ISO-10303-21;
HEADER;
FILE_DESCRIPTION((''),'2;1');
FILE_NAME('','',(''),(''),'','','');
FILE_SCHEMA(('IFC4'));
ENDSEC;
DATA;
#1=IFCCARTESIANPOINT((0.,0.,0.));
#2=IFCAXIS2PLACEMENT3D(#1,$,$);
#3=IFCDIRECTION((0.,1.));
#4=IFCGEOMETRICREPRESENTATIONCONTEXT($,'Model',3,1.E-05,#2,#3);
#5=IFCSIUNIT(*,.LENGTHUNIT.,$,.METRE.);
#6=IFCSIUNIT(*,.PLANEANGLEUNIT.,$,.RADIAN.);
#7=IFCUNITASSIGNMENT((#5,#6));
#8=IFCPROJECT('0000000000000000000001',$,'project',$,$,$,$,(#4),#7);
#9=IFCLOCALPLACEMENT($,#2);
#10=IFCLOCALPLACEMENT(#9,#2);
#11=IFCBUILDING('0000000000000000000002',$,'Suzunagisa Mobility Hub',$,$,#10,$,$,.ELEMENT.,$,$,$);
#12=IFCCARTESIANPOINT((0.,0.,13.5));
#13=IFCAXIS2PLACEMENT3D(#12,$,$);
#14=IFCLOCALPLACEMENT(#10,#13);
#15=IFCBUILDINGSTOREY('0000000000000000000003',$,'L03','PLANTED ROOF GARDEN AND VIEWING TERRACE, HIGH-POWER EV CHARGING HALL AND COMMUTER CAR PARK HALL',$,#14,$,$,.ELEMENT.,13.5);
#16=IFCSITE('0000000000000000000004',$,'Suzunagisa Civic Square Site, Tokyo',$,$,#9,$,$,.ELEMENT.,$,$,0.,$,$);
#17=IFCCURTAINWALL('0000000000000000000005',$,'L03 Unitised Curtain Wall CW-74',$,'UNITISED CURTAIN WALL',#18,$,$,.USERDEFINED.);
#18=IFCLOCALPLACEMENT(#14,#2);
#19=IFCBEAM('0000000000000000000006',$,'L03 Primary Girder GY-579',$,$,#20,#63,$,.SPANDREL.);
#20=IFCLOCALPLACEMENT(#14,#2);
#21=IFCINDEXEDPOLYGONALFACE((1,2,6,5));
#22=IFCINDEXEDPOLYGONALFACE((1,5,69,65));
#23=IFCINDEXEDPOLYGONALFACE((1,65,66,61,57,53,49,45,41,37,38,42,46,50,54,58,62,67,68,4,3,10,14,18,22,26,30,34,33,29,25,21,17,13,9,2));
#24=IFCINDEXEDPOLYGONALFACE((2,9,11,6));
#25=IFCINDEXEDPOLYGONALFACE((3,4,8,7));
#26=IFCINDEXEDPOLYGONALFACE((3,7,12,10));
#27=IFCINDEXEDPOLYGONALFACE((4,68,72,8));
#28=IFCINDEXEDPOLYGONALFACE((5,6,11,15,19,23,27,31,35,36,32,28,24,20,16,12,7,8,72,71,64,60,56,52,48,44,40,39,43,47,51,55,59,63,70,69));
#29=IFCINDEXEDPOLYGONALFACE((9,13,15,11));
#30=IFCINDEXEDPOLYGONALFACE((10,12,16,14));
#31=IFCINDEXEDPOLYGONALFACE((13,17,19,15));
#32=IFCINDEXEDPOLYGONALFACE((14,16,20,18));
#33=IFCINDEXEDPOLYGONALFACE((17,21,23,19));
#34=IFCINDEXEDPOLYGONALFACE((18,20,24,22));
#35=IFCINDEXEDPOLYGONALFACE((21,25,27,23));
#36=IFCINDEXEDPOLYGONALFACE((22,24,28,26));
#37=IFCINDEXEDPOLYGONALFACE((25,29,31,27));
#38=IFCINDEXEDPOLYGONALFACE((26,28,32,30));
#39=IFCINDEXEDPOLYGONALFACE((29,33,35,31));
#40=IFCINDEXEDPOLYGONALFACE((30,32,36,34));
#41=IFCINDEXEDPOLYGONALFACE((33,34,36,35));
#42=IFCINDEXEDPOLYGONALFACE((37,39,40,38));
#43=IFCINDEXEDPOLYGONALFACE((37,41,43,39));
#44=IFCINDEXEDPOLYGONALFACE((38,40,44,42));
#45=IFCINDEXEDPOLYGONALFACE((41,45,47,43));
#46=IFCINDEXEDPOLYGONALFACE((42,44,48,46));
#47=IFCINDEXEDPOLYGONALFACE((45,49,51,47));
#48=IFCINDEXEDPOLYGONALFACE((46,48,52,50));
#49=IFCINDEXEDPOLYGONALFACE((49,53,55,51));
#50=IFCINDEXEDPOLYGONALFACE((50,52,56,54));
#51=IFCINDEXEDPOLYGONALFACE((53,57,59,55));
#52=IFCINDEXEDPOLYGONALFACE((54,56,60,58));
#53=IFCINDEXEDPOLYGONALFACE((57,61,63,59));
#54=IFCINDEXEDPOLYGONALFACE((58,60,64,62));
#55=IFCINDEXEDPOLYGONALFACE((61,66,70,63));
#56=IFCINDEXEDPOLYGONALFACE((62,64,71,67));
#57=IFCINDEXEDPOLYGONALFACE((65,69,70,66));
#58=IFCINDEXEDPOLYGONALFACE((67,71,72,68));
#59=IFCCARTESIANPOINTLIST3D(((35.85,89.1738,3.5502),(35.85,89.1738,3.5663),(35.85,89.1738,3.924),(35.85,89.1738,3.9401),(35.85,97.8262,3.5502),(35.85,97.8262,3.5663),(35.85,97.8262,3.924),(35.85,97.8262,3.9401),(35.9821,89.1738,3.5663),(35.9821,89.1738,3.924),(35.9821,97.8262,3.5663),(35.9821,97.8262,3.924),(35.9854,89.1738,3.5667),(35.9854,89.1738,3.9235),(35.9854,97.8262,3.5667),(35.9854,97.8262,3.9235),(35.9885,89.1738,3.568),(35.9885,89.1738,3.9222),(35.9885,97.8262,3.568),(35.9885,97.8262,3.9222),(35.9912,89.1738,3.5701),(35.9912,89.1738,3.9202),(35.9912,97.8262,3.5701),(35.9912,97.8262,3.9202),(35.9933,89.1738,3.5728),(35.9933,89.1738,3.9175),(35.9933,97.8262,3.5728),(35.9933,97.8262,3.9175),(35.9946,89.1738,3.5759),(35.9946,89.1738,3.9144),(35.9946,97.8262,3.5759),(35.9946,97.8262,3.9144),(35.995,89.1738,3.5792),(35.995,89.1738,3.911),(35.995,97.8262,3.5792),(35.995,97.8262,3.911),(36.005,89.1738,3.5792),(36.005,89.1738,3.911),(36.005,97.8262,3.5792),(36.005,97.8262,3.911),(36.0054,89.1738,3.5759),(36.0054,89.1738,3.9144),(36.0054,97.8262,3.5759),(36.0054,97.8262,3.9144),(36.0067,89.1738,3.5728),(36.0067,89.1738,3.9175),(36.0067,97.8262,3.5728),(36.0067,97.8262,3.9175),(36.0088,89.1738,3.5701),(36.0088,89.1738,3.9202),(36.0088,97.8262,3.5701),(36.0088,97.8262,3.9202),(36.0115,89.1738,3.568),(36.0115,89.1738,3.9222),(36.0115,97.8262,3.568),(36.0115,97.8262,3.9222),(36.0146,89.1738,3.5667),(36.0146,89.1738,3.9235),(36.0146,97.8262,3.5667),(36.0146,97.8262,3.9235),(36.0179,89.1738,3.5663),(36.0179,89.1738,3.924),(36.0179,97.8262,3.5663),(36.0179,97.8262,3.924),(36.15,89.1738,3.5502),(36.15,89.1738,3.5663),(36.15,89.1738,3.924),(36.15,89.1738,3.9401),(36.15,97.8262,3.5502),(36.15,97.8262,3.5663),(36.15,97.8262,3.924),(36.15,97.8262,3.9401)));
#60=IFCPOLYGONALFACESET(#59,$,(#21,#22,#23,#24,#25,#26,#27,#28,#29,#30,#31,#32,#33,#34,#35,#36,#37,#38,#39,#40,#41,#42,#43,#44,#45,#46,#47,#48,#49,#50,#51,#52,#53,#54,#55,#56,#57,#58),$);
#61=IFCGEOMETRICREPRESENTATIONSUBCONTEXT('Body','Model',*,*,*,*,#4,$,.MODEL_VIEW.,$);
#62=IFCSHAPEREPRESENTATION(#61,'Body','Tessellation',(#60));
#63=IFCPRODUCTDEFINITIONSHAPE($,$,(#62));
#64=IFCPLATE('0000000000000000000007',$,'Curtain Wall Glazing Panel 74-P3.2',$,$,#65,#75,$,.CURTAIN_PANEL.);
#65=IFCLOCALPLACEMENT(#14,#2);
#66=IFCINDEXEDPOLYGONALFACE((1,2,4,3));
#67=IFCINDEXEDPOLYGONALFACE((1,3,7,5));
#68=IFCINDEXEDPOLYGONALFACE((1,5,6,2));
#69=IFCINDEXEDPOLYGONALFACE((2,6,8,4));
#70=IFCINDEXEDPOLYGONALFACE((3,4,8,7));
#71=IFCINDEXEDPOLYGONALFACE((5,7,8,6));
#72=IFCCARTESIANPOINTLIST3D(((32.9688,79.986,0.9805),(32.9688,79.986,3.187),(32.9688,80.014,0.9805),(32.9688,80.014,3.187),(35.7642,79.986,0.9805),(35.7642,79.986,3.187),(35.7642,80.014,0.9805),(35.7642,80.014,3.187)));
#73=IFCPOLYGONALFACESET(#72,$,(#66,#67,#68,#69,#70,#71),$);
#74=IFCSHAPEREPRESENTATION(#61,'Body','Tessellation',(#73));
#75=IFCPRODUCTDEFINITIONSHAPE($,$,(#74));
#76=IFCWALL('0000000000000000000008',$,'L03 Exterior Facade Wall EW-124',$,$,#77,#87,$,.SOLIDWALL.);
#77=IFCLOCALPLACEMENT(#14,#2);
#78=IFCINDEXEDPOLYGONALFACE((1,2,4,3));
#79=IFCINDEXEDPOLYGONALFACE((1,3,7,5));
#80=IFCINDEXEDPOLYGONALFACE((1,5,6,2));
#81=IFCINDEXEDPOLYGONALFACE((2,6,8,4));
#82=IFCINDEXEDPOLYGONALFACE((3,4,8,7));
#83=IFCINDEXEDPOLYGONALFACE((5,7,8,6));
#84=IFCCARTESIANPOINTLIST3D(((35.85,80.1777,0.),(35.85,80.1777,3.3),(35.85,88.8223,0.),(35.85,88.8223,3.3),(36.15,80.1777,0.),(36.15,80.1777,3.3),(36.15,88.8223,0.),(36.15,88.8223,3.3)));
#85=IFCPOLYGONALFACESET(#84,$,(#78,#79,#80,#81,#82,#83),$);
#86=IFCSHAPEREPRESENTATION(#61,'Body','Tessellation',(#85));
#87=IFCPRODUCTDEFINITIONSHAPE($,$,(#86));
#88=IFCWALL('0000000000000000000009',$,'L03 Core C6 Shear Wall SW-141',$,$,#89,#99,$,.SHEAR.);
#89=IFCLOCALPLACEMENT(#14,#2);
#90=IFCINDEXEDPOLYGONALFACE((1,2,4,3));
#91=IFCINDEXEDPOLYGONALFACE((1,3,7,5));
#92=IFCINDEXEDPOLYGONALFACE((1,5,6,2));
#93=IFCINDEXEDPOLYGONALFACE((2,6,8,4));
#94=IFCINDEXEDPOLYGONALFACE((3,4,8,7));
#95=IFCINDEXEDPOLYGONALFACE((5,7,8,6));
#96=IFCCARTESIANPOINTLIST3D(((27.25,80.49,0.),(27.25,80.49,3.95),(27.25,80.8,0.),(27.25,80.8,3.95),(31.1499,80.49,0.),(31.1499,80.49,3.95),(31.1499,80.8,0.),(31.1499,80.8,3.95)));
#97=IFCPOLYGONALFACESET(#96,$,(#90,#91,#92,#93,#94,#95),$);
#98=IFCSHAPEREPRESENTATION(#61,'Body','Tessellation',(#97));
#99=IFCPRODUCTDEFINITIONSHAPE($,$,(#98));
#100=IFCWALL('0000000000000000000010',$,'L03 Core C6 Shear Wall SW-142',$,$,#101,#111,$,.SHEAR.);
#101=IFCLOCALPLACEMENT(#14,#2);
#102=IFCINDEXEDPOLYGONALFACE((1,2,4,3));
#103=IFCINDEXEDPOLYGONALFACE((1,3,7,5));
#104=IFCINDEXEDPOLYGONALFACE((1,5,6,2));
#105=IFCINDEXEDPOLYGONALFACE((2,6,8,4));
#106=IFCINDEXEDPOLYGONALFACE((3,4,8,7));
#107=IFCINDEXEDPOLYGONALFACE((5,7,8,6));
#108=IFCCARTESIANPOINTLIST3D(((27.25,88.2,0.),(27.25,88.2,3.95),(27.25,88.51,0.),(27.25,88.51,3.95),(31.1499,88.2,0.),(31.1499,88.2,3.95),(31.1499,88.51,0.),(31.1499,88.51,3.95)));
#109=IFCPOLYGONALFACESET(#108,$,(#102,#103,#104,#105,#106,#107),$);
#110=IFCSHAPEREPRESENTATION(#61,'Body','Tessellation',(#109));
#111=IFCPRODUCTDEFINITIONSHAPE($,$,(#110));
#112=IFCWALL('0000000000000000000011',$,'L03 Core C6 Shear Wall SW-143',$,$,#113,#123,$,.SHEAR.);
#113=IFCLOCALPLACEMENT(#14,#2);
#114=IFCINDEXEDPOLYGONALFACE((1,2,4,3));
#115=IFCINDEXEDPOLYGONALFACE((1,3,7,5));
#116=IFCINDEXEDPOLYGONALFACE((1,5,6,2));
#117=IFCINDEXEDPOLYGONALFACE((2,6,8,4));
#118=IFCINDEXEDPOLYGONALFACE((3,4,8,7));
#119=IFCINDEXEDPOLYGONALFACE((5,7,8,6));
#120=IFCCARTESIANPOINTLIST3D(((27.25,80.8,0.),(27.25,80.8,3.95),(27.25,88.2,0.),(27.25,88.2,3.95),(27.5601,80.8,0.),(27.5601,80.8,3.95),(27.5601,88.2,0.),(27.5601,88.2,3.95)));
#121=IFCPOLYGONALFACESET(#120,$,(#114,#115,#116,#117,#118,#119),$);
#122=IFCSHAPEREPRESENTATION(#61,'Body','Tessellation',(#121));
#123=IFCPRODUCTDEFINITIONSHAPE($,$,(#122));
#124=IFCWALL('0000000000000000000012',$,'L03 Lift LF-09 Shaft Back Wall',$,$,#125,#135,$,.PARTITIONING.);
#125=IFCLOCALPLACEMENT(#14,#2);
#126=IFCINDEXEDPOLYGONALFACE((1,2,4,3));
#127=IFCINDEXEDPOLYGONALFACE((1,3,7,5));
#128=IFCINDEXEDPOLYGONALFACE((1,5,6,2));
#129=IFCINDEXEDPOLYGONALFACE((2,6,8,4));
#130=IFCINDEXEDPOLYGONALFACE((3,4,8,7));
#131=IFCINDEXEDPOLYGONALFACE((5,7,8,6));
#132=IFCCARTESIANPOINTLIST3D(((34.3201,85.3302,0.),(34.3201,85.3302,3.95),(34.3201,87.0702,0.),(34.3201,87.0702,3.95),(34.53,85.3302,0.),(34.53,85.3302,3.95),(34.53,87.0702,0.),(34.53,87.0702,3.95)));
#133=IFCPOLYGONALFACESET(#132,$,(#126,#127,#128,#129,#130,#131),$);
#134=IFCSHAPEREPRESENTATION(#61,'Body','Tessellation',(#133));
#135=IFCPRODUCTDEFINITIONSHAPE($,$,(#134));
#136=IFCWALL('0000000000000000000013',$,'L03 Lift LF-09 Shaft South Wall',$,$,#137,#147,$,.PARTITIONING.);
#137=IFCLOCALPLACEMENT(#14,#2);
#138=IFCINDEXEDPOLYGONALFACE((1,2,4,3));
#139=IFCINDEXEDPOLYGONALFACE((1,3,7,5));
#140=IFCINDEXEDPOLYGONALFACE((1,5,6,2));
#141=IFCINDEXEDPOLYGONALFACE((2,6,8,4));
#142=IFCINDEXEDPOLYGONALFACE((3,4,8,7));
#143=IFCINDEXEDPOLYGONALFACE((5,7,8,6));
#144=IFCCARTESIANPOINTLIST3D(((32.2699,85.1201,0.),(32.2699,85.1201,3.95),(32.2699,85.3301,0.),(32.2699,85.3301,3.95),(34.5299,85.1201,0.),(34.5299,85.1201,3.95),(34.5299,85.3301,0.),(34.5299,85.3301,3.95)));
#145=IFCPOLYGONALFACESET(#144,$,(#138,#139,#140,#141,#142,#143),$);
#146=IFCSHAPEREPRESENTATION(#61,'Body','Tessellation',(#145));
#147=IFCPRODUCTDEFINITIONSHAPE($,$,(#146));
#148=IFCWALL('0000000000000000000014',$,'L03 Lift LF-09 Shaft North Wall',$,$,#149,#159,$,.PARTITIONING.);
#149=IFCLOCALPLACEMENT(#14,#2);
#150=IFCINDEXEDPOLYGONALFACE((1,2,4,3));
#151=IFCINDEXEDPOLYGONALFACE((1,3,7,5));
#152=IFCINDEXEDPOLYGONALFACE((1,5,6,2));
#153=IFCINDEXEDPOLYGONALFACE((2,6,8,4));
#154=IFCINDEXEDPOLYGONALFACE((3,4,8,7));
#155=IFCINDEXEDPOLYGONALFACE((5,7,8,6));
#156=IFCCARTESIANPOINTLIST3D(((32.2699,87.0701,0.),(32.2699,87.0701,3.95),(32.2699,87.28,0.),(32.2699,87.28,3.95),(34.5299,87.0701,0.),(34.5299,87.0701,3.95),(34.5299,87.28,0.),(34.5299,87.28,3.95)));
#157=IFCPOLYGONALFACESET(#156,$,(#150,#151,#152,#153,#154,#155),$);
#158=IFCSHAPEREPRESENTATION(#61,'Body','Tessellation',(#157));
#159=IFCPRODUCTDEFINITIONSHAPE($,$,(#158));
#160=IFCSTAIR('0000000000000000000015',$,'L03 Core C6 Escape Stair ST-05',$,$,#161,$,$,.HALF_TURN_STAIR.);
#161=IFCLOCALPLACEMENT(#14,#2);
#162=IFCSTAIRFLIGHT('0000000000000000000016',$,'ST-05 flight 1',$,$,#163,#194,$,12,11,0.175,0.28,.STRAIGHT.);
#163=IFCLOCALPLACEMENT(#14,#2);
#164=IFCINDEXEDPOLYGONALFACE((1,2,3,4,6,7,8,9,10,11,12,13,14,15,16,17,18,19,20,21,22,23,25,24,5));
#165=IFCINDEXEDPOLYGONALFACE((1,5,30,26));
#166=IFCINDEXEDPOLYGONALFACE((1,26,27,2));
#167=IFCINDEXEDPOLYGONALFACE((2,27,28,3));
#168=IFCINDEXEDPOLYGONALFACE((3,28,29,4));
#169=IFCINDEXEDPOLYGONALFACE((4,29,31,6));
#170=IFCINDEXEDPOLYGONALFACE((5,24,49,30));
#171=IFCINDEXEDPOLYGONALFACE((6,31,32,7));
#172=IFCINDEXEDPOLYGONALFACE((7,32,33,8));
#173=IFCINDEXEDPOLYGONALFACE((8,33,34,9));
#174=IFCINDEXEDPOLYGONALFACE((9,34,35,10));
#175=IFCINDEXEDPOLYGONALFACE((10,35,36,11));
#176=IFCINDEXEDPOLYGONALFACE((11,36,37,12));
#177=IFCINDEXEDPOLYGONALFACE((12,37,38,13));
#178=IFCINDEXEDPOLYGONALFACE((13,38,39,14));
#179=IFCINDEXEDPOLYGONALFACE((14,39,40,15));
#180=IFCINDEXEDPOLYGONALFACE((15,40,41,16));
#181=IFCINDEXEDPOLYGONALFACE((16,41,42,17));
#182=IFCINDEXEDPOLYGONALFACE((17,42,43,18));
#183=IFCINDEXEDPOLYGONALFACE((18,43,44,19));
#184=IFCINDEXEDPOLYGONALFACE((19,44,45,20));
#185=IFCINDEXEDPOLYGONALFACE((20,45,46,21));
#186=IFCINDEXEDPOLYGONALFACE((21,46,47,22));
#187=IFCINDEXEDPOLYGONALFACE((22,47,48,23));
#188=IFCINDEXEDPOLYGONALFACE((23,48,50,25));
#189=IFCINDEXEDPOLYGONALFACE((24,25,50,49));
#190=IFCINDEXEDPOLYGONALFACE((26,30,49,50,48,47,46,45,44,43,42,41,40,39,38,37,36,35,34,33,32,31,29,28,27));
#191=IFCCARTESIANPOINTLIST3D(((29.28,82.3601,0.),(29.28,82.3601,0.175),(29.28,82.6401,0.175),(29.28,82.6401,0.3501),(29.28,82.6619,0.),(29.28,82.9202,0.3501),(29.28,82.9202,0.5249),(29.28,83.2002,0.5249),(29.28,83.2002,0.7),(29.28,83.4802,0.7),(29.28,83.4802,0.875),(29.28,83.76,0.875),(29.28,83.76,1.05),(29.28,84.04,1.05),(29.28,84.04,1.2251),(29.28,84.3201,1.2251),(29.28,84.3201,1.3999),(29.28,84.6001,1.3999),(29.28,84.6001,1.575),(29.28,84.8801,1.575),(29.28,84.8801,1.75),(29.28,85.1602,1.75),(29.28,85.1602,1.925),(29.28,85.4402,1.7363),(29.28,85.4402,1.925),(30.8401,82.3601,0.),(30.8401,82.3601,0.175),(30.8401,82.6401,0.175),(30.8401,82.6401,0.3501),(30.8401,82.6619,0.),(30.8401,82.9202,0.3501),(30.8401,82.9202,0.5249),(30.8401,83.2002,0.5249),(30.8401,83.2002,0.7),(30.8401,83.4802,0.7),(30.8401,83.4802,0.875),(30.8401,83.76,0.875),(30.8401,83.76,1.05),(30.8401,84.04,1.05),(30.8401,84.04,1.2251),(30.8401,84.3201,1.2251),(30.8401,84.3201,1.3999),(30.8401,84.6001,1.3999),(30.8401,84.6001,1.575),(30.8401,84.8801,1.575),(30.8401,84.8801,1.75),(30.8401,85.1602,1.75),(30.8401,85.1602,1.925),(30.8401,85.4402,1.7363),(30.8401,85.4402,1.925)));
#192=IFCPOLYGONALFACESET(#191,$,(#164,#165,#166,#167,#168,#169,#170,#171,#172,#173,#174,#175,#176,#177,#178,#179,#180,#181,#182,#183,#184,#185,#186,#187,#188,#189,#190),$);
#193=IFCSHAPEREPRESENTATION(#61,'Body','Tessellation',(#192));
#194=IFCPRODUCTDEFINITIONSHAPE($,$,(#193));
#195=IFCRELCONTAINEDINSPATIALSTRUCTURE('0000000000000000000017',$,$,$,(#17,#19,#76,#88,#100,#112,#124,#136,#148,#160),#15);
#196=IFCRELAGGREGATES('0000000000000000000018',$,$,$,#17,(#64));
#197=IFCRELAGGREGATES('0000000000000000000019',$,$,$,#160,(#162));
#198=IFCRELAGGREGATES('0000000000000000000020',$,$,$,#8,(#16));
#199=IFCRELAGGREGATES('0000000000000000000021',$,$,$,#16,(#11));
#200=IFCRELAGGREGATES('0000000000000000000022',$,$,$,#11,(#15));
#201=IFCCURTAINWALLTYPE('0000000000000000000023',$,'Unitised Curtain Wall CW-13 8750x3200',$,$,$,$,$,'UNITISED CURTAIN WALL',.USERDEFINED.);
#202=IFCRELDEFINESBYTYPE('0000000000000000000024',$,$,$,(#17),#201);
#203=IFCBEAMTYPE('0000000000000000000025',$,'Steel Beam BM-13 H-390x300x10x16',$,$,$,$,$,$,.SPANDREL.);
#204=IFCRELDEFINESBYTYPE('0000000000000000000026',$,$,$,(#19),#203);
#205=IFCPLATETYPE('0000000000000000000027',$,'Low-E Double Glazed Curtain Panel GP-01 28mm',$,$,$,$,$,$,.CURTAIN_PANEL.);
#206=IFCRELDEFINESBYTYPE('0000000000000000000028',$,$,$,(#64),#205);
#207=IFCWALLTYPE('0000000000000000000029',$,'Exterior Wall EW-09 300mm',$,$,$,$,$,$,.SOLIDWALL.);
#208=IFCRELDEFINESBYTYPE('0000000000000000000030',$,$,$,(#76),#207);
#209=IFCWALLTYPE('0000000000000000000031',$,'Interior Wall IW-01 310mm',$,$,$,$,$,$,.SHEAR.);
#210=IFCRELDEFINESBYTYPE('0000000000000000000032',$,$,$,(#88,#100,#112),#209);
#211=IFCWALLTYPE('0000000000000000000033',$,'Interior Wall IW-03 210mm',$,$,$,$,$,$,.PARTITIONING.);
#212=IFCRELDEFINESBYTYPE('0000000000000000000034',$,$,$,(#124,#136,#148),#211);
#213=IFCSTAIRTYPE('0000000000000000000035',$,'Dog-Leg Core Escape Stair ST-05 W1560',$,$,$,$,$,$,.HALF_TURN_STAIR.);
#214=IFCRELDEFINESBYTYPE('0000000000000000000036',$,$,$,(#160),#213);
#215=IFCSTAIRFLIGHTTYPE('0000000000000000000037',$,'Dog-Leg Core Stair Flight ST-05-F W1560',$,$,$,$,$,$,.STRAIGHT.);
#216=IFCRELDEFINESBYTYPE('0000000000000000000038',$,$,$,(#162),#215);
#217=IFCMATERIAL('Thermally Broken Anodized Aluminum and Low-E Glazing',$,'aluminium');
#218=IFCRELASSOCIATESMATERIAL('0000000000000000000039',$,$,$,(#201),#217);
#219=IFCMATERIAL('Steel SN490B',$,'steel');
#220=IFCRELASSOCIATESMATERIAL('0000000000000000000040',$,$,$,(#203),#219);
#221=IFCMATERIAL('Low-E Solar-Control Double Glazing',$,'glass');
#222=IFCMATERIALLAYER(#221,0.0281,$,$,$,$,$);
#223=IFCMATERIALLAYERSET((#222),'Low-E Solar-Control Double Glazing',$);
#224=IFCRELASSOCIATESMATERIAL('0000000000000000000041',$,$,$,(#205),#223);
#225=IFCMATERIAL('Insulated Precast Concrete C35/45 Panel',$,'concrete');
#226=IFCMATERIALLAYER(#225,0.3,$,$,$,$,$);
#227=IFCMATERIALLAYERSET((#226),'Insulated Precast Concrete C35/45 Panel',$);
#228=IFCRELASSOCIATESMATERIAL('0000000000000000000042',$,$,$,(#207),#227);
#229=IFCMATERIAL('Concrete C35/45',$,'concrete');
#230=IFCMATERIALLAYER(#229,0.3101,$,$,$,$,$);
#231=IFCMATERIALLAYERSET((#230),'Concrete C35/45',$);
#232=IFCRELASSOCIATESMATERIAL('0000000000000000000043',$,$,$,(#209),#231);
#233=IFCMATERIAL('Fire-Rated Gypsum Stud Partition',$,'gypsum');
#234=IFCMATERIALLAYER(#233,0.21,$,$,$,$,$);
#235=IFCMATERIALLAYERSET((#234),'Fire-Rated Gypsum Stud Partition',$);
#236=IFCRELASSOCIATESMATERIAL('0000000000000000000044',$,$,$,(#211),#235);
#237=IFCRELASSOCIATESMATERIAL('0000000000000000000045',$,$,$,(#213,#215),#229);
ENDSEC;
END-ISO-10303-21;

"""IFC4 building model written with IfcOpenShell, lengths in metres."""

from ifc_helpers import new_model, si_unit, direction, frame, frame_2d, origin, origin_2d, place, context, subcontext, project, spatial, polyline, rectangle, i_section, outline, extrude, material, layer, layer_set, material_profile, profile_set, type_object, element, aggregate, save


model = new_model("IFC4")

# Units and contexts
model_context = context("Model", 3, precision=1e-05, world=origin(), true_north=direction((0.0, 1.0)))
body_context = subcontext(model_context, "Body", "Model", "MODEL_VIEW")
ifc_project = project(units=[si_unit("LENGTHUNIT", "METRE"), si_unit("PLANEANGLEUNIT", "RADIAN")], contexts=[model_context])

# Site, building, storey
site_placement = place(None, origin())
site = spatial("IfcSite", under=ifc_project, at=site_placement, Name="Suzunagisa Civic Square Site, Tokyo", CompositionType="ELEMENT", RefElevation=0.0)
building_placement = place(site_placement, origin())
building = spatial("IfcBuilding", under=site, at=building_placement, Name="Suzunagisa Mobility Hub", CompositionType="ELEMENT")
storey_placement = place(building_placement, frame((0.0, 0.0, 13.5)))
storey = spatial("IfcBuildingStorey", under=building, at=storey_placement, Name="L03", Description="PLANTED ROOF GARDEN AND VIEWING TERRACE, HIGH-POWER EV CHARGING HALL AND COMMUTER CAR PARK HALL", CompositionType="ELEMENT", Elevation=13.5)

# Shared definitions
ifc_material_1 = material(Name="Steel SN490B", Category="steel")

# Curtain wall
ifc_material_2 = material(Name="Thermally Broken Anodized Aluminum and Low-E Glazing", Category="aluminium")
curtain_wall_type = type_object("IfcCurtainWallType", Name="Unitised Curtain Wall CW-13 8750x3200", ElementType="UNITISED CURTAIN WALL", PredefinedType="USERDEFINED", material=ifc_material_2)
curtain_wall_placement = place(storey_placement, origin())
curtain_wall = element("IfcCurtainWall", 1, at=curtain_wall_placement, inside=storey, type_object=curtain_wall_type, Name="L03 Unitised Curtain Wall CW-74", ObjectType="UNITISED CURTAIN WALL", PredefinedType="USERDEFINED")

# Beam
ifc_material_profile_1 = material_profile(ifc_material_1, i_section(OverallWidth=0.3, OverallDepth=0.3899, WebThickness=0.01, FlangeThickness=0.0161, FilletRadius=0.0129, at=origin_2d()), Name="H-390x300x10x16")
ifc_profile_set_1 = profile_set([ifc_material_profile_1], Name="Steel SN490B")
beam_type = type_object("IfcBeamType", Name="Steel Beam BM-13 H-390x300x10x16", PredefinedType="SPANDREL", material=ifc_profile_set_1)
for number, where, z_axis, x_axis, name in (
    (2, (36.0, 89.1738, 3.7451), (0.0, 1.0, 0.0), (-1.0, 0.0, 0.0), "L03 Primary Girder GY-579"),
):
    element("IfcBeam", number, at=place(storey_placement, frame(where, z_axis=z_axis, x_axis=x_axis)), inside=storey, type_object=beam_type, Name=name, PredefinedType="SPANDREL", context=body_context, shape_type="SweptSolid", body=[
        extrude(i_section(OverallWidth=0.3, OverallDepth=0.3899, WebThickness=0.01, FlangeThickness=0.0161, FilletRadius=0.0129, at=origin_2d()), origin(), (0.0, 0.0, 1.0), 8.6523),
    ])

# Plate
ifc_material_3 = material(Name="Low-E Solar-Control Double Glazing", Category="glass")
ifc_layer_1 = layer(ifc_material_3, 0.0281)
ifc_layer_set_1 = layer_set([ifc_layer_1], Name="Low-E Solar-Control Double Glazing")
plate_type = type_object("IfcPlateType", Name="Low-E Double Glazed Curtain Panel GP-01 28mm", PredefinedType="CURTAIN_PANEL", material=ifc_layer_set_1)
plate_placement = place(storey_placement, frame((34.3665, 80.0, 0.9805), z_axis=(0.0, 0.0, 1.0), x_axis=(1.0, 0.0, 0.0)))
plate = element("IfcPlate", 3, at=plate_placement, type_object=plate_type, Name="Curtain Wall Glazing Panel 74-P3.2", PredefinedType="CURTAIN_PANEL", context=body_context, shape_type="SweptSolid", body=[
    extrude(rectangle(XDim=2.7954, YDim=0.0281, at=origin_2d()), origin(), (0.0, 0.0, 1.0), 2.2065),
])
aggregate(curtain_wall, [plate])

# Walls
ifc_material_4 = material(Name="Insulated Precast Concrete C35/45 Panel", Category="concrete")
ifc_layer_2 = layer(ifc_material_4, 0.3)
ifc_layer_set_2 = layer_set([ifc_layer_2], Name="Insulated Precast Concrete C35/45 Panel")
wall_type_1 = type_object("IfcWallType", Name="Exterior Wall EW-09 300mm", PredefinedType="SOLIDWALL", material=ifc_layer_set_2)
wall_1_placement = place(storey_placement, frame((36.0, 80.1777, 0.0), z_axis=(0.0, 0.0, 1.0), x_axis=(0.0, 1.0, 0.0)))
element("IfcWall", 4, at=wall_1_placement, inside=storey, type_object=wall_type_1, Name="L03 Exterior Facade Wall EW-124", PredefinedType="SOLIDWALL", context=body_context, shape_type="SweptSolid", body=[
    extrude(rectangle(XDim=8.6445, YDim=0.3, at=frame_2d((4.3223, 0.0))), origin(), (0.0, 0.0, 1.0), 3.3),
])
ifc_material_5 = material(Name="Concrete C35/45", Category="concrete")
ifc_layer_3 = layer(ifc_material_5, 0.3101)
ifc_layer_set_3 = layer_set([ifc_layer_3], Name="Concrete C35/45")
wall_type_2 = type_object("IfcWallType", Name="Interior Wall IW-01 310mm", PredefinedType="SHEAR", material=ifc_layer_set_3)
for number, where, z_axis, x_axis, name in (
    (5, (27.25, 80.645, 0.0), (0.0, 0.0, 1.0), (1.0, 0.0, 0.0), "L03 Core C6 Shear Wall SW-141"),
    (6, (27.25, 88.355, 0.0), (0.0, 0.0, 1.0), (1.0, 0.0, 0.0), "L03 Core C6 Shear Wall SW-142"),
):
    element("IfcWall", number, at=place(storey_placement, frame(where, z_axis=z_axis, x_axis=x_axis)), inside=storey, type_object=wall_type_2, Name=name, PredefinedType="SHEAR", context=body_context, shape_type="SweptSolid", body=[
        extrude(rectangle(XDim=3.8999, YDim=0.3101, at=frame_2d((1.95, 0.0))), origin(), (0.0, 0.0, 1.0), 3.95),
    ])
wall_2_placement = place(storey_placement, frame((27.405, 80.8, 0.0), z_axis=(0.0, 0.0, 1.0), x_axis=(0.0, 1.0, 0.0)))
element("IfcWall", 7, at=wall_2_placement, inside=storey, type_object=wall_type_2, Name="L03 Core C6 Shear Wall SW-143", PredefinedType="SHEAR", context=body_context, shape_type="SweptSolid", body=[
    extrude(rectangle(XDim=7.3999, YDim=0.3101, at=frame_2d((3.7, 0.0))), origin(), (0.0, 0.0, 1.0), 3.95),
])

# Shared definitions
ifc_material_6 = material(Name="Fire-Rated Gypsum Stud Partition", Category="gypsum")
ifc_layer_4 = layer(ifc_material_6, 0.21)
ifc_layer_set_4 = layer_set([ifc_layer_4], Name="Fire-Rated Gypsum Stud Partition")
wall_type_3 = type_object("IfcWallType", Name="Interior Wall IW-03 210mm", PredefinedType="PARTITIONING", material=ifc_layer_set_4)

# Walls
wall_3_placement = place(storey_placement, frame((34.425, 85.3301, 0.0), z_axis=(0.0, 0.0, 1.0), x_axis=(0.0, 1.0, 0.0)))
element("IfcWall", 8, at=wall_3_placement, inside=storey, type_object=wall_type_3, Name="L03 Lift LF-09 Shaft Back Wall", PredefinedType="PARTITIONING", context=body_context, shape_type="SweptSolid", body=[
    extrude(rectangle(XDim=1.74, YDim=0.21, at=frame_2d((0.8701, 0.0))), origin(), (0.0, 0.0, 1.0), 3.95),
])
for number, where, z_axis, x_axis, name in (
    (9, (32.27, 85.2251, 0.0), (0.0, 0.0, 1.0), (1.0, 0.0, 0.0), "L03 Lift LF-09 Shaft South Wall"),
    (10, (32.27, 87.175, 0.0), (0.0, 0.0, 1.0), (1.0, 0.0, 0.0), "L03 Lift LF-09 Shaft North Wall"),
):
    element("IfcWall", number, at=place(storey_placement, frame(where, z_axis=z_axis, x_axis=x_axis)), inside=storey, type_object=wall_type_3, Name=name, PredefinedType="PARTITIONING", context=body_context, shape_type="SweptSolid", body=[
        extrude(rectangle(XDim=2.26, YDim=0.21, at=frame_2d((1.1299, 0.0))), origin(), (0.0, 0.0, 1.0), 3.95),
    ])

# Stair, stair flight
stair_type = type_object("IfcStairType", Name="Dog-Leg Core Escape Stair ST-05 W1560", PredefinedType="HALF_TURN_STAIR", material=ifc_material_5)
stair_placement = place(storey_placement, origin())
stair = element("IfcStair", 11, at=stair_placement, inside=storey, type_object=stair_type, Name="L03 Core C6 Escape Stair ST-05", PredefinedType="HALF_TURN_STAIR")
stair_flight_type = type_object("IfcStairFlightType", Name="Dog-Leg Core Stair Flight ST-05-F W1560", PredefinedType="STRAIGHT", material=ifc_material_5)
stair_flight_1_placement = place(storey_placement, frame((30.0601, 82.3601, 0.0), z_axis=(0.0, 0.0, 1.0), x_axis=(0.0, 1.0, 0.0)))
stair_flight_1 = element("IfcStairFlight", 12, at=stair_flight_1_placement, type_object=stair_flight_type, Name="ST-05 flight 1", NumberOfRisers=12, NumberOfTreads=11, PredefinedType="STRAIGHT", RiserHeight=0.175, TreadLength=0.28, context=body_context, shape_type="SweptSolid", body=[
    extrude(outline(polyline([(0.0, 0.0), (0.0, 0.175), (0.28, 0.175), (0.28, 0.3501), (0.5601, 0.3501), (0.5601, 0.5249), (0.8401, 0.5249), (0.8401, 0.7), (1.1201, 0.7), (1.1201, 0.875), (1.3999, 0.875), (1.3999, 1.05), (1.6799, 1.05), (1.6799, 1.2251), (1.96, 1.2251), (1.96, 1.3999), (2.24, 1.3999), (2.24, 1.575), (2.52, 1.575), (2.52, 1.75), (2.8, 1.75), (2.8, 1.925), (3.0801, 1.925), (3.0801, 2.1001), (3.0801, 1.7363), (0.3018, 0.0), (0.0, 0.0)])), frame((0.0, 0.78, 0.0), z_axis=(0.0, -1.0, 0.0), x_axis=(1.0, 0.0, 0.0)), (0.0, 0.0, 1.0), 1.5601),
])
aggregate(stair, [stair_flight_1])

save(model, "model.ifc")
